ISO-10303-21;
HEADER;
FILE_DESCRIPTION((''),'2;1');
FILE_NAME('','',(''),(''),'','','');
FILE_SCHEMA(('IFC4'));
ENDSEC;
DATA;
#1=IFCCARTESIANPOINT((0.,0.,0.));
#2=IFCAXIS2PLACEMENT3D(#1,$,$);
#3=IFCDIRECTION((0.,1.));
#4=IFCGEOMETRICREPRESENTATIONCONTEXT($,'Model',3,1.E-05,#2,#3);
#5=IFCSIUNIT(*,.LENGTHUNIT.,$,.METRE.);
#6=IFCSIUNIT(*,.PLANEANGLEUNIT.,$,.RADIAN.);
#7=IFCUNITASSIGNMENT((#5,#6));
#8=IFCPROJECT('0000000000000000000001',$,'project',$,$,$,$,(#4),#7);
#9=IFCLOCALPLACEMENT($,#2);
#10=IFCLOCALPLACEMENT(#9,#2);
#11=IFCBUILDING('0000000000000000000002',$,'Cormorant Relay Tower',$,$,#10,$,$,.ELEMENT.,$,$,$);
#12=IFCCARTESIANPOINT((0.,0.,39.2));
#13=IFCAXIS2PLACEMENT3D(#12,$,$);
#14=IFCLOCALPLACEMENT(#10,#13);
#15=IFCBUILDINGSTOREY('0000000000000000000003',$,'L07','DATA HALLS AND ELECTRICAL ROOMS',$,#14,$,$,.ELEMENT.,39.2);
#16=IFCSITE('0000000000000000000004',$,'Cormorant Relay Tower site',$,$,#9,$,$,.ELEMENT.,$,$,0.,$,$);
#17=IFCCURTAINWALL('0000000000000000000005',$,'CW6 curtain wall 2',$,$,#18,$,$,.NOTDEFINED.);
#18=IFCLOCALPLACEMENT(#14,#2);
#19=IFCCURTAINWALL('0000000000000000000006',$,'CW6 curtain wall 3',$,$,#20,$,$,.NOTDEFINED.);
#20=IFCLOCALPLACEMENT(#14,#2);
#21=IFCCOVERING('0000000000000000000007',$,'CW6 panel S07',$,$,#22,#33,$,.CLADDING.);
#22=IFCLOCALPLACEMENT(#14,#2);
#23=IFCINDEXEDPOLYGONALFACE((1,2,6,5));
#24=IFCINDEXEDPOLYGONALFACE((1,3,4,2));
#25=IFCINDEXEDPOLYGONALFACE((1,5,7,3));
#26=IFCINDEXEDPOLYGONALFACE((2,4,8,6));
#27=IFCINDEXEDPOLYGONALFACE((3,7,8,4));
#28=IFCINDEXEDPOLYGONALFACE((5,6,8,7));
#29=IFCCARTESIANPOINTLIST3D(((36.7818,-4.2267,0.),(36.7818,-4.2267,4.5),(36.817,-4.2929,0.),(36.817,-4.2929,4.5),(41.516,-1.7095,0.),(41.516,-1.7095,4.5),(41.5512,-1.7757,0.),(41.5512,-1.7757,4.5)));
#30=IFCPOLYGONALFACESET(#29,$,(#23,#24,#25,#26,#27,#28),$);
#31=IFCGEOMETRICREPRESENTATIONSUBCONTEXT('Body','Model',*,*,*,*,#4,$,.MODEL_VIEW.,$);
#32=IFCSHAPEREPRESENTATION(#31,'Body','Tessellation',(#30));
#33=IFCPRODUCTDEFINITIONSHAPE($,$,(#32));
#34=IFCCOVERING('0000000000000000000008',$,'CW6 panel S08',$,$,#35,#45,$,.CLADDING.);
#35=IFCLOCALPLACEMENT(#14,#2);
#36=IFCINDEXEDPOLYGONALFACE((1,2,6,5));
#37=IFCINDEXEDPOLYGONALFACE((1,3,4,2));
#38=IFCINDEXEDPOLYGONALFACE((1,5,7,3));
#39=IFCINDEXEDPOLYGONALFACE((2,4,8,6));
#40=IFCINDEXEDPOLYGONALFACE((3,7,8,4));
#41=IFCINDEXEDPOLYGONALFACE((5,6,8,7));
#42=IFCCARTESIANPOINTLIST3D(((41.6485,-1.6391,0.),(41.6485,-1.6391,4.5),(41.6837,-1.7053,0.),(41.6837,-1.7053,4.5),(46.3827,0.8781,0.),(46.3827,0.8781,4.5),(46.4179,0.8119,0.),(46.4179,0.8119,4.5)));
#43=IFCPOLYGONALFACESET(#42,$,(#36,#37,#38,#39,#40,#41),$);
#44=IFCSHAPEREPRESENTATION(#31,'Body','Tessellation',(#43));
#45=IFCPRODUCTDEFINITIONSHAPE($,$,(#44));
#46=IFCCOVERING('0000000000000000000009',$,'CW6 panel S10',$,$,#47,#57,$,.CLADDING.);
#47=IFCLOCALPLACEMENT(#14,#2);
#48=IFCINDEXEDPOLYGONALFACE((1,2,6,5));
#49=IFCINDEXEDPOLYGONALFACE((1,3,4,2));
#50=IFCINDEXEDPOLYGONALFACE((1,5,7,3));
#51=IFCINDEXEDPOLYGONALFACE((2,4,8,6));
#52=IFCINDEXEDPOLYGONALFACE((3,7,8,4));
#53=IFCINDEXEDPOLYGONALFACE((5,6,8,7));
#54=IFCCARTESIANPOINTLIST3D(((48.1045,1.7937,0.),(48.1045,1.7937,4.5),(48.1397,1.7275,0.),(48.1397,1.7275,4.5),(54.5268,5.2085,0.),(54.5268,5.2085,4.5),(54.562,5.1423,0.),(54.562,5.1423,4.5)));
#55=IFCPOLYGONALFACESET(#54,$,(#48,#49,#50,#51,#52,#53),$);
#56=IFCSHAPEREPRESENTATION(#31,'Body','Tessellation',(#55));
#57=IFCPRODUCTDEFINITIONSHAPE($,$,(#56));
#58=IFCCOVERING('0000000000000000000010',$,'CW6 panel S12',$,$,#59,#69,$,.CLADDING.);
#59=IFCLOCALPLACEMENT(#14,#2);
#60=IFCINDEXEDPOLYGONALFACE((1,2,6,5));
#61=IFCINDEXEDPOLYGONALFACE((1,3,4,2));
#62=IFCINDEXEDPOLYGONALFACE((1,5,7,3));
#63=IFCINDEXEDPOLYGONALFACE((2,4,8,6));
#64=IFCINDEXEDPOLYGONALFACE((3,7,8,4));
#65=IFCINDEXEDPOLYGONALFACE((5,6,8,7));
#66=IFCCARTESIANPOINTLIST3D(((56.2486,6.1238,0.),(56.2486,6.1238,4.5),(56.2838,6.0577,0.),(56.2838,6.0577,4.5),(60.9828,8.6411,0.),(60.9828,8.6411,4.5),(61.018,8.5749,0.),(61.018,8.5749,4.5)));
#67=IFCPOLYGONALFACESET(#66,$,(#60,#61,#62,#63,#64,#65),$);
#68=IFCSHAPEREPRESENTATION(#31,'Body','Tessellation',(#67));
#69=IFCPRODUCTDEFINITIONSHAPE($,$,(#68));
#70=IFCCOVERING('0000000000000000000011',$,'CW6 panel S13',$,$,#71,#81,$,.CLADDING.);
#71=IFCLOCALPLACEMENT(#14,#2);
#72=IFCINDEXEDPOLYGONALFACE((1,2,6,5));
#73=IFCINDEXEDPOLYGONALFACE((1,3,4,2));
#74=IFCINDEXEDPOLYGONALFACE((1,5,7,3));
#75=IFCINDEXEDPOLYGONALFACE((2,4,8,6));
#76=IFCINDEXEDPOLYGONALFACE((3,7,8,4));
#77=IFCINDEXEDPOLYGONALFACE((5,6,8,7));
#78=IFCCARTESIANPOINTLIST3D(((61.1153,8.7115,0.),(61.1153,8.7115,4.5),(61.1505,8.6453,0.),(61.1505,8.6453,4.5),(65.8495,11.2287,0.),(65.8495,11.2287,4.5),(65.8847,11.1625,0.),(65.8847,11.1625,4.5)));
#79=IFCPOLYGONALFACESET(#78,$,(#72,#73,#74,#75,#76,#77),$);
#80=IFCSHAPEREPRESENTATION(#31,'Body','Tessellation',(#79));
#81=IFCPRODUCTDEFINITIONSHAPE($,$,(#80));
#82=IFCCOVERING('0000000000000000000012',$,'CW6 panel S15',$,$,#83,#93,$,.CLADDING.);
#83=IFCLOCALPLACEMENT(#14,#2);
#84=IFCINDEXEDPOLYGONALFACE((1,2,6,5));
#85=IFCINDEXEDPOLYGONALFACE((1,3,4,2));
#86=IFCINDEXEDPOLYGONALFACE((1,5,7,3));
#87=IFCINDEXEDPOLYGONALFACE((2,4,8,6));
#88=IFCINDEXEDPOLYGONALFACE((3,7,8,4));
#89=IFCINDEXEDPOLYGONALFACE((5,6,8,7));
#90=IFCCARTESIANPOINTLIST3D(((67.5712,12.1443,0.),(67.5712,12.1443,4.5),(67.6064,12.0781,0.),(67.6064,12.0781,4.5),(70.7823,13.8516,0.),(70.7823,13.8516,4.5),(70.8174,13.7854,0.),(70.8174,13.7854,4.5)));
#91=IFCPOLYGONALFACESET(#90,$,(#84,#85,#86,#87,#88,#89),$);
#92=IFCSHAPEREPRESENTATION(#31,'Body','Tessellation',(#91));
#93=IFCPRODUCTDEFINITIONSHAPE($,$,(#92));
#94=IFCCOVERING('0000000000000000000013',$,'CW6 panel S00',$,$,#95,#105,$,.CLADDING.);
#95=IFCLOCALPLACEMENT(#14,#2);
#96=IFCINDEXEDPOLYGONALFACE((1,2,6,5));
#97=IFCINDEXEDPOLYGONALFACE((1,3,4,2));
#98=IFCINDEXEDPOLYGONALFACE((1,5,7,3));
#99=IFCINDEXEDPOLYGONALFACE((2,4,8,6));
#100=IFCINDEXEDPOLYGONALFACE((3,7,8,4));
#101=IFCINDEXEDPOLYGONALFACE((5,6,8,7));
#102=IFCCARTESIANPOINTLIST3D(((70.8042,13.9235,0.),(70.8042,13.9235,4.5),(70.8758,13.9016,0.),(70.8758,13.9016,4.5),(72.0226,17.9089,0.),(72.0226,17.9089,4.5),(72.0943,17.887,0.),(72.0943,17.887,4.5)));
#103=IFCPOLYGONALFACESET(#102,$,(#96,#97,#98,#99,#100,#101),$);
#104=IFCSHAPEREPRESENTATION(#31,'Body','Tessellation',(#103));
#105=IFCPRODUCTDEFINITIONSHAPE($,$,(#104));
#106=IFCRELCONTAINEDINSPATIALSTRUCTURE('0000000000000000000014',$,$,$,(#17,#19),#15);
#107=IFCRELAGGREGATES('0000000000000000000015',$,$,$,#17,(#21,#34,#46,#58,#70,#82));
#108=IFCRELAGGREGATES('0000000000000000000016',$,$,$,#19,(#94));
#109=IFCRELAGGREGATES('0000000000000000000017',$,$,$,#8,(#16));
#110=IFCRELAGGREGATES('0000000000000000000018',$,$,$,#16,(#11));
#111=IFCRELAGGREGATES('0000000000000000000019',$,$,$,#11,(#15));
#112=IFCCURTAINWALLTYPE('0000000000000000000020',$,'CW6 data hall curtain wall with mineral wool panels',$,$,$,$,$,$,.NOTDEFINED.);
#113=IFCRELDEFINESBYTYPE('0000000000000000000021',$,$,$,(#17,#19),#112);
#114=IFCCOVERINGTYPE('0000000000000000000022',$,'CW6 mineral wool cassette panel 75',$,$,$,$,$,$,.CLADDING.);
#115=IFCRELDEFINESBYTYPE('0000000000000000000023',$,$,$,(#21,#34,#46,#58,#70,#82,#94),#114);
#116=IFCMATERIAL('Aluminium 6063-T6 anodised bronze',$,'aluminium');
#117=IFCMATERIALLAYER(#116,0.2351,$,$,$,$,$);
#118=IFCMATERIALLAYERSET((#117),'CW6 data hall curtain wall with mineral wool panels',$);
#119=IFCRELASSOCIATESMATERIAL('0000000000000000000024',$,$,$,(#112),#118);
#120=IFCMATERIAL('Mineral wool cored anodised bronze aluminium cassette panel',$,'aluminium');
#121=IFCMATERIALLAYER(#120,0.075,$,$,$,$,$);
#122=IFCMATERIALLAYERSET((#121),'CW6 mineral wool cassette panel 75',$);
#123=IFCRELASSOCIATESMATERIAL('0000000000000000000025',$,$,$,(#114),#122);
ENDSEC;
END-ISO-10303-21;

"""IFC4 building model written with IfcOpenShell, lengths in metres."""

from ifc_helpers import new_model, si_unit, direction, frame, origin, origin_2d, place, context, subcontext, project, spatial, rectangle, extrude, material, layer, layer_set, type_object, element, aggregate, save


model = new_model("IFC4")

# Units and contexts
model_context = context("Model", 3, precision=1e-05, world=origin(), true_north=direction((0.0, 1.0)))
body_context = subcontext(model_context, "Body", "Model", "MODEL_VIEW")
ifc_project = project(units=[si_unit("LENGTHUNIT", "METRE"), si_unit("PLANEANGLEUNIT", "RADIAN")], contexts=[model_context])

# Site, building, storey
site_placement = place(None, origin())
site = spatial("IfcSite", under=ifc_project, at=site_placement, Name="Cormorant Relay Tower site", CompositionType="ELEMENT", RefElevation=0.0)
building_placement = place(site_placement, origin())
building = spatial("IfcBuilding", under=site, at=building_placement, Name="Cormorant Relay Tower", CompositionType="ELEMENT")
storey_placement = place(building_placement, frame((0.0, 0.0, 39.2)))
storey = spatial("IfcBuildingStorey", under=building, at=storey_placement, Name="L07", Description="DATA HALLS AND ELECTRICAL ROOMS", CompositionType="ELEMENT", Elevation=39.2)

# Curtain walls
ifc_material_1 = material(Name="Aluminium 6063-T6 anodised bronze", Category="aluminium")
ifc_layer_1 = layer(ifc_material_1, 0.2351)
ifc_layer_set_1 = layer_set([ifc_layer_1], Name="CW6 data hall curtain wall with mineral wool panels")
curtain_wall_type = type_object("IfcCurtainWallType", Name="CW6 data hall curtain wall with mineral wool panels", PredefinedType="NOTDEFINED", material=ifc_layer_set_1)
curtain_wall_1_placement = place(storey_placement, origin())
curtain_wall_1 = element("IfcCurtainWall", 1, at=curtain_wall_1_placement, inside=storey, type_object=curtain_wall_type, Name="CW6 curtain wall 2", PredefinedType="NOTDEFINED")
curtain_wall_2_placement = place(storey_placement, origin())
curtain_wall_2 = element("IfcCurtainWall", 2, at=curtain_wall_2_placement, inside=storey, type_object=curtain_wall_type, Name="CW6 curtain wall 3", PredefinedType="NOTDEFINED")

# Coverings
ifc_material_2 = material(Name="Mineral wool cored anodised bronze aluminium cassette panel", Category="aluminium")
ifc_layer_2 = layer(ifc_material_2, 0.075)
ifc_layer_set_2 = layer_set([ifc_layer_2], Name="CW6 mineral wool cassette panel 75")
covering_type = type_object("IfcCoveringType", Name="CW6 mineral wool cassette panel 75", PredefinedType="CLADDING", material=ifc_layer_set_2)
covering_1_placement = place(storey_placement, frame((39.1665, -3.0012, 0.0), z_axis=(0.0, 0.0, 1.0), x_axis=(0.882948, 0.469472, 0.0)))
covering_1 = element("IfcCovering", 3, at=covering_1_placement, type_object=covering_type, Name="CW6 panel S07", PredefinedType="CLADDING", context=body_context, shape_type="SweptSolid", body=[
    extrude(rectangle(XDim=5.3618, YDim=0.075, at=origin_2d()), origin(), (0.0, 0.0, 1.0), 4.5),
])
covering_2_placement = place(storey_placement, frame((44.0332, -0.4136, 0.0), z_axis=(0.0, 0.0, 1.0), x_axis=(0.882948, 0.469472, 0.0)))
covering_2 = element("IfcCovering", 4, at=covering_2_placement, type_object=covering_type, Name="CW6 panel S08", PredefinedType="CLADDING", context=body_context, shape_type="SweptSolid", body=[
    extrude(rectangle(XDim=5.3618, YDim=0.075, at=origin_2d()), origin(), (0.0, 0.0, 1.0), 4.5),
])
covering_3_placement = place(storey_placement, frame((51.3333, 3.468, 0.0), z_axis=(0.0, 0.0, 1.0), x_axis=(0.882948, 0.469472, 0.0)))
covering_3 = element("IfcCovering", 5, at=covering_3_placement, type_object=covering_type, Name="CW6 panel S10", PredefinedType="CLADDING", context=body_context, shape_type="SweptSolid", body=[
    extrude(rectangle(XDim=7.2737, YDim=0.075, at=origin_2d()), origin(), (0.0, 0.0, 1.0), 4.5),
])
covering_4_placement = place(storey_placement, frame((58.6333, 7.3494, 0.0), z_axis=(0.0, 0.0, 1.0), x_axis=(0.882948, 0.469472, 0.0)))
covering_4 = element("IfcCovering", 6, at=covering_4_placement, type_object=covering_type, Name="CW6 panel S12", PredefinedType="CLADDING", context=body_context, shape_type="SweptSolid", body=[
    extrude(rectangle(XDim=5.3618, YDim=0.075, at=origin_2d()), origin(), (0.0, 0.0, 1.0), 4.5),
])
covering_5_placement = place(storey_placement, frame((63.5, 9.937, 0.0), z_axis=(0.0, 0.0, 1.0), x_axis=(0.882948, 0.469472, 0.0)))
covering_5 = element("IfcCovering", 7, at=covering_5_placement, type_object=covering_type, Name="CW6 panel S13", PredefinedType="CLADDING", context=body_context, shape_type="SweptSolid", body=[
    extrude(rectangle(XDim=5.3618, YDim=0.075, at=origin_2d()), origin(), (0.0, 0.0, 1.0), 4.5),
])
covering_6_placement = place(storey_placement, frame((69.1943, 12.9648, 0.0), z_axis=(0.0, 0.0, 1.0), x_axis=(0.882948, 0.469472, 0.0)))
covering_6 = element("IfcCovering", 8, at=covering_6_placement, type_object=covering_type, Name="CW6 panel S15", PredefinedType="CLADDING", context=body_context, shape_type="SweptSolid", body=[
    extrude(rectangle(XDim=3.6367, YDim=0.075, at=origin_2d()), origin(), (0.0, 0.0, 1.0), 4.5),
])
aggregate(curtain_wall_1, [covering_1, covering_2, covering_3, covering_4, covering_5, covering_6])
covering_7_placement = place(storey_placement, frame((71.4492, 15.9053, 0.0), z_axis=(0.0, 0.0, 1.0), x_axis=(0.292372, 0.956305, 0.0)))
covering_7 = element("IfcCovering", 9, at=covering_7_placement, type_object=covering_type, Name="CW6 panel S00", PredefinedType="CLADDING", context=body_context, shape_type="SweptSolid", body=[
    extrude(rectangle(XDim=4.1675, YDim=0.075, at=origin_2d()), origin(), (0.0, 0.0, 1.0), 4.5),
])
aggregate(curtain_wall_2, [covering_7])

save(model, "model.ifc")
